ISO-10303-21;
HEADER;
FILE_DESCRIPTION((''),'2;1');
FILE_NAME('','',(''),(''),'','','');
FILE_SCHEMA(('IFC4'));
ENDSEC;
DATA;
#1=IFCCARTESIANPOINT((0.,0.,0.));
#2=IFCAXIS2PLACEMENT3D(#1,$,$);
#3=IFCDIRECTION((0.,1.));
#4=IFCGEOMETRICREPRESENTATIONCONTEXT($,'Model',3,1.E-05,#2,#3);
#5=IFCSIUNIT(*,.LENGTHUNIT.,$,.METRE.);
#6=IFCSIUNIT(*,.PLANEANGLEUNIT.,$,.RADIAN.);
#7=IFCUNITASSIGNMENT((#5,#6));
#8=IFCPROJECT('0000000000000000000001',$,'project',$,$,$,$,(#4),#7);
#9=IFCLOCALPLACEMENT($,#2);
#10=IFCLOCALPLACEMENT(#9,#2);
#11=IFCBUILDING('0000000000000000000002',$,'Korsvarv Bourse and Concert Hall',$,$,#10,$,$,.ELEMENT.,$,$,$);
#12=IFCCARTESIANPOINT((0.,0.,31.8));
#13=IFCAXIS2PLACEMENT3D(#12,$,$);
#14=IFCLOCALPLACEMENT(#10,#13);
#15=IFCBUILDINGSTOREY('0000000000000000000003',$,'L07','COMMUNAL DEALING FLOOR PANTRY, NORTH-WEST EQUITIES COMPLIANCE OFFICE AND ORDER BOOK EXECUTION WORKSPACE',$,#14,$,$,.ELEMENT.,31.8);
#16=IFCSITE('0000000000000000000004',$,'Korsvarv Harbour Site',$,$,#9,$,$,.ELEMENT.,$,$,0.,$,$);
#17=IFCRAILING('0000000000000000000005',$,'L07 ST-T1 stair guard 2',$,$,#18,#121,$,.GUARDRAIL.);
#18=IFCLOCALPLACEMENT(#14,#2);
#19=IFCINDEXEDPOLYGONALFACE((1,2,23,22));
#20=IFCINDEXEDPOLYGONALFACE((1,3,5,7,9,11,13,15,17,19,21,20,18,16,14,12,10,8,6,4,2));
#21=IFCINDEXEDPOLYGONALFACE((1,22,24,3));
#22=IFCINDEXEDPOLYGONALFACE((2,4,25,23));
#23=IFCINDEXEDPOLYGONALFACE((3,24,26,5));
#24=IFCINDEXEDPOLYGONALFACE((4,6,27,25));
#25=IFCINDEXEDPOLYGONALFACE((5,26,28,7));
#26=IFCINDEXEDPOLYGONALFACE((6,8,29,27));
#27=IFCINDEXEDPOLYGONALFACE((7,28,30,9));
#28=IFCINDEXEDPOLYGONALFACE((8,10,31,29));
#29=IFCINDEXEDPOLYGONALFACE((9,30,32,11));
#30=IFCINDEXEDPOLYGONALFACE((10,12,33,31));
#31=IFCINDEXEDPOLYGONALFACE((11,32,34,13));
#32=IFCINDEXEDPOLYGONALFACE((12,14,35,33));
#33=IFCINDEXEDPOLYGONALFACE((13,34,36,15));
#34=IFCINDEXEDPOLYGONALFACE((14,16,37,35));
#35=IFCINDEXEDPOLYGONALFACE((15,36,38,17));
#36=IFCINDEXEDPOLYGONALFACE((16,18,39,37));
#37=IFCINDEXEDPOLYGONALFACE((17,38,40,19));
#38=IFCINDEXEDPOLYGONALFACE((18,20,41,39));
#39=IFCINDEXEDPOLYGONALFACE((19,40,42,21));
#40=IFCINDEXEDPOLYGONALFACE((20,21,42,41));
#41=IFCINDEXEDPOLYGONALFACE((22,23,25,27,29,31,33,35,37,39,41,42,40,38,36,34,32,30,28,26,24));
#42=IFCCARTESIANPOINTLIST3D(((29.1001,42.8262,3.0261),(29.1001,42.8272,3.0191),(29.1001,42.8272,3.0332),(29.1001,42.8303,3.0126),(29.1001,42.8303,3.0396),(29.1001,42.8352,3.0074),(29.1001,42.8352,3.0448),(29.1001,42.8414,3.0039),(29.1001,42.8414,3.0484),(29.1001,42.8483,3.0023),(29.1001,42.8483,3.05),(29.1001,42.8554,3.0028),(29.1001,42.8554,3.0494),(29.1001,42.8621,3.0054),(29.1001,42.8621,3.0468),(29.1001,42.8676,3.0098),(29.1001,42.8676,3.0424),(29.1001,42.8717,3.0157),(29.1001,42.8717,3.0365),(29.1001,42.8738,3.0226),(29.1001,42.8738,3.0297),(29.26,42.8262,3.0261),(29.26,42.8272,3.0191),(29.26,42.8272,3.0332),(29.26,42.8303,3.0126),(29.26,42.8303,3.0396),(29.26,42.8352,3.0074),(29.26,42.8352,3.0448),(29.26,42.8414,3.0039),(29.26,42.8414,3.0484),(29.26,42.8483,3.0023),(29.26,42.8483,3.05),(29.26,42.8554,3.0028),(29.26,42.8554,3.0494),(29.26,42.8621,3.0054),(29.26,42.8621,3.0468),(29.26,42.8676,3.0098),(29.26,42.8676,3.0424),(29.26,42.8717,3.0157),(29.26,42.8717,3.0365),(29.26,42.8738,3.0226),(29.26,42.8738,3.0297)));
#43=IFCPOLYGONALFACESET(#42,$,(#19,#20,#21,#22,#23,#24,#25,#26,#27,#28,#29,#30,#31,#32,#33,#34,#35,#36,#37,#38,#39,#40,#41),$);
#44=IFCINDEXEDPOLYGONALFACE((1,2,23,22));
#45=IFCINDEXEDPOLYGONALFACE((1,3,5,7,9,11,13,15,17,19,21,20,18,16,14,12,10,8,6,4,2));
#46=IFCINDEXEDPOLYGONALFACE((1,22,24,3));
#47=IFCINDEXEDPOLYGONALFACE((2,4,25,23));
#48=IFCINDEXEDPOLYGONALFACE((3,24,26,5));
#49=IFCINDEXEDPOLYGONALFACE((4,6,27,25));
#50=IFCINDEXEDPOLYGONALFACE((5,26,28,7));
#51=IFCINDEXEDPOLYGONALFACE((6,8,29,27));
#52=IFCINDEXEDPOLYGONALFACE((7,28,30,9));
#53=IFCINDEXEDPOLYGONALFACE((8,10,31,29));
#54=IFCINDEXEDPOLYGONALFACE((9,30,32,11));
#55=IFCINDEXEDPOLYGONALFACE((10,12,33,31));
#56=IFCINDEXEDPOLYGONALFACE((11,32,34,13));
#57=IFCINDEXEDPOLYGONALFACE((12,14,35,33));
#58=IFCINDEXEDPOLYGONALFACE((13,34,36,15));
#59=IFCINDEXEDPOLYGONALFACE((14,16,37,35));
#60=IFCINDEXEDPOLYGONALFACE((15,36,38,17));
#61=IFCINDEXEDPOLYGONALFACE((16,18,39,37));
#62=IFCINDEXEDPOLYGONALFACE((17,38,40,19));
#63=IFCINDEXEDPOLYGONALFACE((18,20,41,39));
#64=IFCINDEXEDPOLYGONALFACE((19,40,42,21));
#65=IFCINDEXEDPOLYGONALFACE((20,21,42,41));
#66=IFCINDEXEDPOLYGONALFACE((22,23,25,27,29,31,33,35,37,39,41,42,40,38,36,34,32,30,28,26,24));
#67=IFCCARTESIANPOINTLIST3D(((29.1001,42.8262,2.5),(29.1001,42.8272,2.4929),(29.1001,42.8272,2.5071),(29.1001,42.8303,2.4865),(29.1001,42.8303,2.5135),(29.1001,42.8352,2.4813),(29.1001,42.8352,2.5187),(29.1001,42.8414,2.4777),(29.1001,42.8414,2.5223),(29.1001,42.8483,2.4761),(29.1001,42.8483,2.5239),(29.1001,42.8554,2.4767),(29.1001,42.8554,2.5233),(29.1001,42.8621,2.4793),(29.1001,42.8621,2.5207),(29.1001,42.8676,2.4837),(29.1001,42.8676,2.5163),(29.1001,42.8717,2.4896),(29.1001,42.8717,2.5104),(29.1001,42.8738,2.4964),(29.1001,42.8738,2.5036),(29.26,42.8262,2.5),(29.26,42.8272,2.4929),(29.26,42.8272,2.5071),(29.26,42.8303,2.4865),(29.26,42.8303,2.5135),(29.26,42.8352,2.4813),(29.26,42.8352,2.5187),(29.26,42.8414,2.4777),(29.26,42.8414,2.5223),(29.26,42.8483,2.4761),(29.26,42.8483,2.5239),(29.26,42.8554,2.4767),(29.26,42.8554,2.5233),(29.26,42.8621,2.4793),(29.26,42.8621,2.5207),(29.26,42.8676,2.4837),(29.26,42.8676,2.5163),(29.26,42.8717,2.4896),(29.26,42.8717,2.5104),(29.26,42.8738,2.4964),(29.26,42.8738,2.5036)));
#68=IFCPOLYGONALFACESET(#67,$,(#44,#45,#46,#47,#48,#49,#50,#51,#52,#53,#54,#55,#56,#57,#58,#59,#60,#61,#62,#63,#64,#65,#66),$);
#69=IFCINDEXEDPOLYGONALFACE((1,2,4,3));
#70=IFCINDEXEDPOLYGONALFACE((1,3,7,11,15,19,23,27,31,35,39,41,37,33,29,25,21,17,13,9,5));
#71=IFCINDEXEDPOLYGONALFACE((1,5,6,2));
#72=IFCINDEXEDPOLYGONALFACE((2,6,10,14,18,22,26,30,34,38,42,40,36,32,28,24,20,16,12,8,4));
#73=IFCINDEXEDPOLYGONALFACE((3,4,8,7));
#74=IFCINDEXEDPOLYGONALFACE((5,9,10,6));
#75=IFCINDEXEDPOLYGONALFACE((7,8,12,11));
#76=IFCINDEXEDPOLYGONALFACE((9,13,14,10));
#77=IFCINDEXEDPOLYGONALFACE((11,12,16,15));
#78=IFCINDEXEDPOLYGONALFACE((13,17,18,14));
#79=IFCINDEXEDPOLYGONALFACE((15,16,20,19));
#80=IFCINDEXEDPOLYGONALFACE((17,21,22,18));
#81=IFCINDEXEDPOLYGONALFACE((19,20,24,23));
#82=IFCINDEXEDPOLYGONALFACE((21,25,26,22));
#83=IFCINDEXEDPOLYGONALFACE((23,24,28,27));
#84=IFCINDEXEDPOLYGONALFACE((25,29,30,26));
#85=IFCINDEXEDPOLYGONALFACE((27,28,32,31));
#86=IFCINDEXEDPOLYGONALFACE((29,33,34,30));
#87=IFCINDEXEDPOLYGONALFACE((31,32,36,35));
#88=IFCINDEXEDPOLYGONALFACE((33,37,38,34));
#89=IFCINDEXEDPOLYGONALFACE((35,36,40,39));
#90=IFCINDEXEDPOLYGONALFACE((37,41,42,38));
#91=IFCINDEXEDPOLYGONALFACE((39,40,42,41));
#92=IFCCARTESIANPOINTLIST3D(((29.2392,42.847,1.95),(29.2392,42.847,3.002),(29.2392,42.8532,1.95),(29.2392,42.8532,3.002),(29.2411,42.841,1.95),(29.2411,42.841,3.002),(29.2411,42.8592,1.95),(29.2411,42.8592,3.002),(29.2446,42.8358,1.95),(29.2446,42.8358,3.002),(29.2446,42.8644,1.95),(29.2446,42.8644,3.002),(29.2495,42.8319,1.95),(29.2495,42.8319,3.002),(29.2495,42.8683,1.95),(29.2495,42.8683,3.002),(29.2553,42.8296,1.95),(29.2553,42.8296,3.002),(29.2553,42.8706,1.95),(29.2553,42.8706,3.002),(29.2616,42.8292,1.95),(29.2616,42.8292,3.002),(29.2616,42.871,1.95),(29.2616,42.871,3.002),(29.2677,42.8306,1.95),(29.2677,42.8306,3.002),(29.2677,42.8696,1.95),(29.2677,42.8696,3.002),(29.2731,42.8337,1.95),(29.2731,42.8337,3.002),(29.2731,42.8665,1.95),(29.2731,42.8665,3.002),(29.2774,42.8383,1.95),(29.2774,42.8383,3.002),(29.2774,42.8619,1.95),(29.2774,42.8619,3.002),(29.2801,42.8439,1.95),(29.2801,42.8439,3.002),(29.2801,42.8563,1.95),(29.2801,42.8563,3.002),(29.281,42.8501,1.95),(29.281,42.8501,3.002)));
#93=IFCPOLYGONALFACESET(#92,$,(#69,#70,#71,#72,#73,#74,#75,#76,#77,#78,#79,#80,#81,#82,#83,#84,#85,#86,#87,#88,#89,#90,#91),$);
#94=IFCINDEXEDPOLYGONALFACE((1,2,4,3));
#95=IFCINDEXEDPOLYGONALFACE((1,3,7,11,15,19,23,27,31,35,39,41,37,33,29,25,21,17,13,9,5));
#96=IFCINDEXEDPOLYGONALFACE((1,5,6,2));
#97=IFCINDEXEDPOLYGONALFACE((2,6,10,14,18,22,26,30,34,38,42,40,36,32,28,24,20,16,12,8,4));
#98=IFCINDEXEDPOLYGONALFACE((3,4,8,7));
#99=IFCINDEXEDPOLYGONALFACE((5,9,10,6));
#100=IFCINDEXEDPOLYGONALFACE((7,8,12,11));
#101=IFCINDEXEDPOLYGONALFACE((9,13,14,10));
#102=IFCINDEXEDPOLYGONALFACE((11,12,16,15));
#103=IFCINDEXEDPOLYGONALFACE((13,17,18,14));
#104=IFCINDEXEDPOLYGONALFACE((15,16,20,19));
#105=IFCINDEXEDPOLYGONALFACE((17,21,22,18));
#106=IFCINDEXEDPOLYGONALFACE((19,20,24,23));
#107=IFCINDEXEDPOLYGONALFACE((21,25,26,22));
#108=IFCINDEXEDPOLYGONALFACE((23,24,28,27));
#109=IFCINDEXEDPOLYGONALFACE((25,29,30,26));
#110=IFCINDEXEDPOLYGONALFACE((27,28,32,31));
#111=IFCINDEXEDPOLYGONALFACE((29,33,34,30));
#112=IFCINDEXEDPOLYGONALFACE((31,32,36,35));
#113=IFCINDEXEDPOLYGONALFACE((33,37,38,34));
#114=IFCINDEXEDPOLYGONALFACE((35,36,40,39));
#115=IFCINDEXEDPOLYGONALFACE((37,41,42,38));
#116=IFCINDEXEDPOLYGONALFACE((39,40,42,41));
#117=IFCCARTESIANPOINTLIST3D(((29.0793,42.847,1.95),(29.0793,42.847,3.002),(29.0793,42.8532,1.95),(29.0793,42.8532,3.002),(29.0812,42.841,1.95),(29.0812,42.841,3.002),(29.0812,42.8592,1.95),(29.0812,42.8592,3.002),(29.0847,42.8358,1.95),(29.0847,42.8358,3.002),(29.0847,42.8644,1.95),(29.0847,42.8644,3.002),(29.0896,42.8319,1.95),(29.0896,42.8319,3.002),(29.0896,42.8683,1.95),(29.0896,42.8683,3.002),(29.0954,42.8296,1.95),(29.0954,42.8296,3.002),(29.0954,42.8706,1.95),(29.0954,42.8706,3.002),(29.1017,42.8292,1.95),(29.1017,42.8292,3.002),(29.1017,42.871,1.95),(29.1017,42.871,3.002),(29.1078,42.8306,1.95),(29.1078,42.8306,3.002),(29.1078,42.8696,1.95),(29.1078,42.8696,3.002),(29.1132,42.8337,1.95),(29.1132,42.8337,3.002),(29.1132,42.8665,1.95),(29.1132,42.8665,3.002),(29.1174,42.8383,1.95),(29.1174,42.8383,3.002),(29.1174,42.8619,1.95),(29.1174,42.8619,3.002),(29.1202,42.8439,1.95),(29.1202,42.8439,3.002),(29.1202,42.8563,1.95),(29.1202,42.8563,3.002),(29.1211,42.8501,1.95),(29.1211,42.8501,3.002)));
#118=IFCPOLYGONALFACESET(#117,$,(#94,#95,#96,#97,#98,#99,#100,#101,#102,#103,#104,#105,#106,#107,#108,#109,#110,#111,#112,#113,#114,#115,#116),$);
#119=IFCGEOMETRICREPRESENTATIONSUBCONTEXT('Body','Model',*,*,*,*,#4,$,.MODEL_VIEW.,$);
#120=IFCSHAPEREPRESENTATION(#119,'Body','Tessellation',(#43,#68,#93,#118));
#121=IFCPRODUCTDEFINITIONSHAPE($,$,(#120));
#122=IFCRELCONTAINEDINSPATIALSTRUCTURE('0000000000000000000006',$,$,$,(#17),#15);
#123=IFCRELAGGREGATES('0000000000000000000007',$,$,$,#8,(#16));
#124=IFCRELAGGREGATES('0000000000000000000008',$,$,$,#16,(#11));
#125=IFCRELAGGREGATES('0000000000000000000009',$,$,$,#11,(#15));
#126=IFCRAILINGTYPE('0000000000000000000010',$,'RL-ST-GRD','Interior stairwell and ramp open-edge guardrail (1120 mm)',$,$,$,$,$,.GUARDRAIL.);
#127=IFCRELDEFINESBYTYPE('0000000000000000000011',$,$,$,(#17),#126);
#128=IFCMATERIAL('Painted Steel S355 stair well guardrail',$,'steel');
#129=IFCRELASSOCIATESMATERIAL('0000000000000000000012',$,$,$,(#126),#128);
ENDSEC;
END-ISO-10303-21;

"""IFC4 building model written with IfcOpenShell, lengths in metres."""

from ifc_helpers import new_model, si_unit, direction, frame, origin, origin_2d, place, context, subcontext, project, spatial, circle, extrude, material, type_object, element, save


model = new_model("IFC4")

# Units and contexts
model_context = context("Model", 3, precision=1e-05, world=origin(), true_north=direction((0.0, 1.0)))
body_context = subcontext(model_context, "Body", "Model", "MODEL_VIEW")
ifc_project = project(units=[si_unit("LENGTHUNIT", "METRE"), si_unit("PLANEANGLEUNIT", "RADIAN")], contexts=[model_context])

# Site, building, storey
site_placement = place(None, origin())
site = spatial("IfcSite", under=ifc_project, at=site_placement, Name="Korsvarv Harbour Site", CompositionType="ELEMENT", RefElevation=0.0)
building_placement = place(site_placement, origin())
building = spatial("IfcBuilding", under=site, at=building_placement, Name="Korsvarv Bourse and Concert Hall", CompositionType="ELEMENT")
storey_placement = place(building_placement, frame((0.0, 0.0, 31.8)))
storey = spatial("IfcBuildingStorey", under=building, at=storey_placement, Name="L07", Description="COMMUNAL DEALING FLOOR PANTRY, NORTH-WEST EQUITIES COMPLIANCE OFFICE AND ORDER BOOK EXECUTION WORKSPACE", CompositionType="ELEMENT", Elevation=31.8)

# Railing
ifc_material_1 = material(Name="Painted Steel S355 stair well guardrail", Category="steel")
railing_type_1 = type_object("IfcRailingType", Name="RL-ST-GRD", Description="Interior stairwell and ramp open-edge guardrail (1120 mm)", PredefinedType="GUARDRAIL", material=ifc_material_1)
railing_1_placement = place(storey_placement, frame((29.26, 42.8501, 1.95)))
element("IfcRailing", 1, at=railing_1_placement, inside=storey, type_object=railing_type_1, Name="L07 ST-T1 stair guard 2", PredefinedType="GUARDRAIL", context=body_context, shape_type="SweptSolid", body=[
    extrude(circle(Radius=0.0239, at=origin_2d()), frame((0.0, 0.0, 1.0762), z_axis=(-1.0, 0.0, 0.0), x_axis=(0.0, -1.0, 0.0)), (0.0, 0.0, 1.0), 0.1599),
    extrude(circle(Radius=0.0239, at=origin_2d()), frame((0.0, 0.0, 0.55), z_axis=(-1.0, 0.0, 0.0), x_axis=(0.0, -1.0, 0.0)), (0.0, 0.0, 1.0), 0.1599),
    extrude(circle(Radius=0.021, at=origin_2d()), origin(), (0.0, 0.0, 1.0), 1.052),
    extrude(circle(Radius=0.021, at=origin_2d()), frame((-0.1599, 0.0, 0.0)), (0.0, 0.0, 1.0), 1.052),
])

save(model, "model.ifc")
